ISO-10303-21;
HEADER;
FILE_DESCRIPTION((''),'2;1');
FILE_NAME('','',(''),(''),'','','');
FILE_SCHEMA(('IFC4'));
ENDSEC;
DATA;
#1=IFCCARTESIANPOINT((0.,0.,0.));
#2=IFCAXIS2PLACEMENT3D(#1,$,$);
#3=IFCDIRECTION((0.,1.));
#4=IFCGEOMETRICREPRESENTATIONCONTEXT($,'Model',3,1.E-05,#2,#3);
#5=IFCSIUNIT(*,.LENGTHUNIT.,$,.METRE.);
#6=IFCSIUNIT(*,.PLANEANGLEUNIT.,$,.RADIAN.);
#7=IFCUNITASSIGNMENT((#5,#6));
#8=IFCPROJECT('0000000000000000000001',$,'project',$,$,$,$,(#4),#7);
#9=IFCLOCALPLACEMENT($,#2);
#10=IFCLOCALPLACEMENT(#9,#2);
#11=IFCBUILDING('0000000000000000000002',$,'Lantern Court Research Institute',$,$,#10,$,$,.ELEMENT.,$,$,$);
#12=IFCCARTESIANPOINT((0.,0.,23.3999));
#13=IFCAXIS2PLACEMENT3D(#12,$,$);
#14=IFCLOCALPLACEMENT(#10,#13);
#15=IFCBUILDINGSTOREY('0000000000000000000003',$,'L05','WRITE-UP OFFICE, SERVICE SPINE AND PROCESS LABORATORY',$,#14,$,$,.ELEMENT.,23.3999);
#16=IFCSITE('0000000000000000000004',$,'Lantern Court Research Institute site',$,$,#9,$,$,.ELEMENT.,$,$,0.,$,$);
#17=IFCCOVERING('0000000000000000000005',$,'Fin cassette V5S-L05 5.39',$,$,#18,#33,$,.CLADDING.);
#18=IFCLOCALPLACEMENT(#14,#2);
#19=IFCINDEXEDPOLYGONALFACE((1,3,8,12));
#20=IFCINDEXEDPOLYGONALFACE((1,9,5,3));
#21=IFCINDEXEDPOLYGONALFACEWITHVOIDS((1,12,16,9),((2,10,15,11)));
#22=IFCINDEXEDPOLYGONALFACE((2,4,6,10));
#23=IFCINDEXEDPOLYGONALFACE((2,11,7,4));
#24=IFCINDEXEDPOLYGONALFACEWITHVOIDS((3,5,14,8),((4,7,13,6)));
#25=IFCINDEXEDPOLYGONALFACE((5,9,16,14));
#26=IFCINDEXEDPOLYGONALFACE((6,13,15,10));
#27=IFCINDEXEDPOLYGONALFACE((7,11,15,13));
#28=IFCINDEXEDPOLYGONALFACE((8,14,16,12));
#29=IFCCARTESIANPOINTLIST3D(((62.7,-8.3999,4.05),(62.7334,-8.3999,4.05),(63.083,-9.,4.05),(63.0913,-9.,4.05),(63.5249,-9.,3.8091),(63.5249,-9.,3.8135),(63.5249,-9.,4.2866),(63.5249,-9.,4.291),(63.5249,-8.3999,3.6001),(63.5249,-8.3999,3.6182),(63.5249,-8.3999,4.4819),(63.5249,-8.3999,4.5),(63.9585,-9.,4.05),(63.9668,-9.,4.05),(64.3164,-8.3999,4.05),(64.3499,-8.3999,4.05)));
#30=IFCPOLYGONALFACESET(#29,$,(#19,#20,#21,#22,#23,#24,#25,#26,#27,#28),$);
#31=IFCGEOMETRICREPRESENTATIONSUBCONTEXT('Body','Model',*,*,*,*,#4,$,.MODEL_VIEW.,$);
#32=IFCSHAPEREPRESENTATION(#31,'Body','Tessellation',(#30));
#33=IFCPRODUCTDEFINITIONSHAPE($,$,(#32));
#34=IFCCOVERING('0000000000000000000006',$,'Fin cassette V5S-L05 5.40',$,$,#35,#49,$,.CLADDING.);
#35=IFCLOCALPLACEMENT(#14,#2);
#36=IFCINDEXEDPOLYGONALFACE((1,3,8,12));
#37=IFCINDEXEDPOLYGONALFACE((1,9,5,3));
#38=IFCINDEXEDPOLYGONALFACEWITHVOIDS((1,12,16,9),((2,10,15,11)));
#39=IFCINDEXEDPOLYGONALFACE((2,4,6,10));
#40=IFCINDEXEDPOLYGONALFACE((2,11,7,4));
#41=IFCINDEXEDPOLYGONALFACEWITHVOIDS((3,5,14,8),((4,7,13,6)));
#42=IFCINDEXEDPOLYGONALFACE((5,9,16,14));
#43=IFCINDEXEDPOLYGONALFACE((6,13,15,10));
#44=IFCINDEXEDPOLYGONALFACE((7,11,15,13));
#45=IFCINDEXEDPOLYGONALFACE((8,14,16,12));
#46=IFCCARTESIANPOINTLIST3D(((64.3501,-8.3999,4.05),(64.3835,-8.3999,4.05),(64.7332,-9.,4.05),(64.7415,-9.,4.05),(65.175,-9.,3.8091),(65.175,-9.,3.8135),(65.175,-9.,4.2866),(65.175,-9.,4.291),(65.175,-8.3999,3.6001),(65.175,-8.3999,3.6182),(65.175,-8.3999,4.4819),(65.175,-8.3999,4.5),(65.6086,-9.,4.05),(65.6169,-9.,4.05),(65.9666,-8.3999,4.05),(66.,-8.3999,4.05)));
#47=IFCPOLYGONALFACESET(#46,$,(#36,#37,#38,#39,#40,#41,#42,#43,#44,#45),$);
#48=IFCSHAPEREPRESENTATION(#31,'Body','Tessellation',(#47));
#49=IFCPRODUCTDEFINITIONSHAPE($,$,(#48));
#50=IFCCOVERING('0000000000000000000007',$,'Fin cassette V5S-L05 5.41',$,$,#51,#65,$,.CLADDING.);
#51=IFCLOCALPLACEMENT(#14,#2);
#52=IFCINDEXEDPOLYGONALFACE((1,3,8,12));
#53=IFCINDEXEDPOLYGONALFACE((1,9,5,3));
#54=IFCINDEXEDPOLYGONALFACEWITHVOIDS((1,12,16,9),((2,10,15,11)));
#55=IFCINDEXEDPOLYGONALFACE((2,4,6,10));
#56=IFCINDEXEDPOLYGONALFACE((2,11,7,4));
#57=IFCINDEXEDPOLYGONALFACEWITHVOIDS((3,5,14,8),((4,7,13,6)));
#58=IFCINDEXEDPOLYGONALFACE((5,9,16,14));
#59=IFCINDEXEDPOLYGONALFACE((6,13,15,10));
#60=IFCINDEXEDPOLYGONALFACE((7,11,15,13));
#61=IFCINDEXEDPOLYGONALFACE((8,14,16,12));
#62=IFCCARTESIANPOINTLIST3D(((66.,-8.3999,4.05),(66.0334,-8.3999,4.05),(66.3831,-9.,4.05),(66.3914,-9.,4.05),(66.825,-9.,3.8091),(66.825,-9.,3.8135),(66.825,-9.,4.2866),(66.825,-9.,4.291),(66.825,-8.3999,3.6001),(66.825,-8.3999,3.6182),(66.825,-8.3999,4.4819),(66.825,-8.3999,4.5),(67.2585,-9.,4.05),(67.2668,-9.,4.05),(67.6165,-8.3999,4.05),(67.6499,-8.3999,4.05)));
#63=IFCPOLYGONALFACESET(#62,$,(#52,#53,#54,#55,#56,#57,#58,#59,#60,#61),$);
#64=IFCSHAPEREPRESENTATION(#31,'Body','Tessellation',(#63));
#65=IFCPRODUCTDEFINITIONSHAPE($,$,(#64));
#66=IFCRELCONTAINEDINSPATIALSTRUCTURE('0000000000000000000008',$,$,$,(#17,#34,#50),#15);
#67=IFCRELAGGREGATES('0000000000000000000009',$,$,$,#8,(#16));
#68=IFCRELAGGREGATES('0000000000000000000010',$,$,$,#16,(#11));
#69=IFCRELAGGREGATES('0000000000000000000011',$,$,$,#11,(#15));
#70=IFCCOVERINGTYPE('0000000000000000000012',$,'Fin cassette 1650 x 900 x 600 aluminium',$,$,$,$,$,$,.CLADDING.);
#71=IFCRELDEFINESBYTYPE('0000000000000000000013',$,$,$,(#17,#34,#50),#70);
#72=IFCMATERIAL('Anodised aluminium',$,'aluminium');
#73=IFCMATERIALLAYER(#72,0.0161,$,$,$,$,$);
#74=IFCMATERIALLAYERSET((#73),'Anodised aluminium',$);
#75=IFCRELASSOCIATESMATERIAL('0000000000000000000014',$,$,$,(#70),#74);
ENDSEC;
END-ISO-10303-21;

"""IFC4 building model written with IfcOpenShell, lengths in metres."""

from ifc_helpers import new_model, entity, si_unit, direction, frame, origin, place, context, subcontext, project, spatial, material, layer, layer_set, type_object, element, save


model = new_model("IFC4")

# Units and contexts
model_context = context("Model", 3, precision=1e-05, world=origin(), true_north=direction((0.0, 1.0)))
body_context = subcontext(model_context, "Body", "Model", "MODEL_VIEW")
ifc_project = project(units=[si_unit("LENGTHUNIT", "METRE"), si_unit("PLANEANGLEUNIT", "RADIAN")], contexts=[model_context])

# Site, building, storey
site_placement = place(None, origin())
site = spatial("IfcSite", under=ifc_project, at=site_placement, Name="Lantern Court Research Institute site", CompositionType="ELEMENT", RefElevation=0.0)
building_placement = place(site_placement, origin())
building = spatial("IfcBuilding", under=site, at=building_placement, Name="Lantern Court Research Institute", CompositionType="ELEMENT")
storey_placement = place(building_placement, frame((0.0, 0.0, 23.3999)))
storey = spatial("IfcBuildingStorey", under=building, at=storey_placement, Name="L05", Description="WRITE-UP OFFICE, SERVICE SPINE AND PROCESS LABORATORY", CompositionType="ELEMENT", Elevation=23.3999)

# Coverings
ifc_material_1 = material(Name="Anodised aluminium", Category="aluminium")
ifc_layer_1 = layer(ifc_material_1, 0.0161)
ifc_layer_set_1 = layer_set([ifc_layer_1], Name="Anodised aluminium")
covering_type = type_object("IfcCoveringType", Name="Fin cassette 1650 x 900 x 600 aluminium", PredefinedType="CLADDING", material=ifc_layer_set_1)
covering_1_placement = place(storey_placement, frame((63.5249, -8.3999, 4.05), z_axis=(0.0, -1.0, 0.0), x_axis=(1.0, 0.0, 0.0)))
cartesian_point_1 = entity("IfcCartesianPoint", [0.825, 0.0])
cartesian_point_2 = entity("IfcCartesianPoint", [0.7915, 0.0])
cartesian_point_3 = entity("IfcCartesianPoint", [0.4419, 0.0])
cartesian_point_4 = entity("IfcCartesianPoint", [0.4336, 0.0])
element("IfcCovering", 1, at=covering_1_placement, inside=storey, type_object=covering_type, Name="Fin cassette V5S-L05 5.39", PredefinedType="CLADDING", context=body_context, shape_type="SweptSolid", body=[
    entity("IfcExtrudedAreaSolidTapered", entity("IfcArbitraryProfileDefWithVoids", "AREA", None, entity("IfcPolyline", [cartesian_point_1, entity("IfcCartesianPoint", [0.0, 0.45]), entity("IfcCartesianPoint", [-0.825, 0.0]), entity("IfcCartesianPoint", [0.0, -0.45]), cartesian_point_1]), [entity("IfcPolyline", [cartesian_point_2, entity("IfcCartesianPoint", [0.0, 0.4319]), entity("IfcCartesianPoint", [-0.7915, 0.0]), entity("IfcCartesianPoint", [0.0, -0.4319]), cartesian_point_2])]), entity("IfcAxis2Placement3D", entity("IfcCartesianPoint", [0.0, 0.0, 0.0])), entity("IfcDirection", [0.0, 0.0, 1.0]), 0.6001, entity("IfcArbitraryProfileDefWithVoids", "AREA", None, entity("IfcPolyline", [cartesian_point_3, entity("IfcCartesianPoint", [0.0, 0.241]), entity("IfcCartesianPoint", [-0.4419, 0.0]), entity("IfcCartesianPoint", [0.0, -0.241]), cartesian_point_3]), [entity("IfcPolyline", [cartesian_point_4, entity("IfcCartesianPoint", [0.0, 0.2366]), entity("IfcCartesianPoint", [-0.4336, 0.0]), entity("IfcCartesianPoint", [0.0, -0.2366]), cartesian_point_4])])),
])
covering_2_placement = place(storey_placement, frame((65.175, -8.3999, 4.05), z_axis=(0.0, -1.0, 0.0), x_axis=(1.0, 0.0, 0.0)))
cartesian_point_5 = entity("IfcCartesianPoint", [0.825, 0.0])
cartesian_point_6 = entity("IfcCartesianPoint", [0.7915, 0.0])
cartesian_point_7 = entity("IfcCartesianPoint", [0.4419, 0.0])
cartesian_point_8 = entity("IfcCartesianPoint", [0.4336, 0.0])
element("IfcCovering", 2, at=covering_2_placement, inside=storey, type_object=covering_type, Name="Fin cassette V5S-L05 5.40", PredefinedType="CLADDING", context=body_context, shape_type="SweptSolid", body=[
    entity("IfcExtrudedAreaSolidTapered", entity("IfcArbitraryProfileDefWithVoids", "AREA", None, entity("IfcPolyline", [cartesian_point_5, entity("IfcCartesianPoint", [0.0, 0.45]), entity("IfcCartesianPoint", [-0.825, 0.0]), entity("IfcCartesianPoint", [0.0, -0.45]), cartesian_point_5]), [entity("IfcPolyline", [cartesian_point_6, entity("IfcCartesianPoint", [0.0, 0.4319]), entity("IfcCartesianPoint", [-0.7915, 0.0]), entity("IfcCartesianPoint", [0.0, -0.4319]), cartesian_point_6])]), entity("IfcAxis2Placement3D", entity("IfcCartesianPoint", [0.0, 0.0, 0.0])), entity("IfcDirection", [0.0, 0.0, 1.0]), 0.6001, entity("IfcArbitraryProfileDefWithVoids", "AREA", None, entity("IfcPolyline", [cartesian_point_7, entity("IfcCartesianPoint", [0.0, 0.241]), entity("IfcCartesianPoint", [-0.4419, 0.0]), entity("IfcCartesianPoint", [0.0, -0.241]), cartesian_point_7]), [entity("IfcPolyline", [cartesian_point_8, entity("IfcCartesianPoint", [0.0, 0.2366]), entity("IfcCartesianPoint", [-0.4336, 0.0]), entity("IfcCartesianPoint", [0.0, -0.2366]), cartesian_point_8])])),
])
covering_3_placement = place(storey_placement, frame((66.825, -8.3999, 4.05), z_axis=(0.0, -1.0, 0.0), x_axis=(1.0, 0.0, 0.0)))
cartesian_point_9 = entity("IfcCartesianPoint", [0.825, 0.0])
cartesian_point_10 = entity("IfcCartesianPoint", [0.7915, 0.0])
cartesian_point_11 = entity("IfcCartesianPoint", [0.4419, 0.0])
cartesian_point_12 = entity("IfcCartesianPoint", [0.4336, 0.0])
element("IfcCovering", 3, at=covering_3_placement, inside=storey, type_object=covering_type, Name="Fin cassette V5S-L05 5.41", PredefinedType="CLADDING", context=body_context, shape_type="SweptSolid", body=[
    entity("IfcExtrudedAreaSolidTapered", entity("IfcArbitraryProfileDefWithVoids", "AREA", None, entity("IfcPolyline", [cartesian_point_9, entity("IfcCartesianPoint", [0.0, 0.45]), entity("IfcCartesianPoint", [-0.825, 0.0]), entity("IfcCartesianPoint", [0.0, -0.45]), cartesian_point_9]), [entity("IfcPolyline", [cartesian_point_10, entity("IfcCartesianPoint", [0.0, 0.4319]), entity("IfcCartesianPoint", [-0.7915, 0.0]), entity("IfcCartesianPoint", [0.0, -0.4319]), cartesian_point_10])]), entity("IfcAxis2Placement3D", entity("IfcCartesianPoint", [0.0, 0.0, 0.0])), entity("IfcDirection", [0.0, 0.0, 1.0]), 0.6001, entity("IfcArbitraryProfileDefWithVoids", "AREA", None, entity("IfcPolyline", [cartesian_point_11, entity("IfcCartesianPoint", [0.0, 0.241]), entity("IfcCartesianPoint", [-0.4419, 0.0]), entity("IfcCartesianPoint", [0.0, -0.241]), cartesian_point_11]), [entity("IfcPolyline", [cartesian_point_12, entity("IfcCartesianPoint", [0.0, 0.2366]), entity("IfcCartesianPoint", [-0.4336, 0.0]), entity("IfcCartesianPoint", [0.0, -0.2366]), cartesian_point_12])])),
])

save(model, "model.ifc")
